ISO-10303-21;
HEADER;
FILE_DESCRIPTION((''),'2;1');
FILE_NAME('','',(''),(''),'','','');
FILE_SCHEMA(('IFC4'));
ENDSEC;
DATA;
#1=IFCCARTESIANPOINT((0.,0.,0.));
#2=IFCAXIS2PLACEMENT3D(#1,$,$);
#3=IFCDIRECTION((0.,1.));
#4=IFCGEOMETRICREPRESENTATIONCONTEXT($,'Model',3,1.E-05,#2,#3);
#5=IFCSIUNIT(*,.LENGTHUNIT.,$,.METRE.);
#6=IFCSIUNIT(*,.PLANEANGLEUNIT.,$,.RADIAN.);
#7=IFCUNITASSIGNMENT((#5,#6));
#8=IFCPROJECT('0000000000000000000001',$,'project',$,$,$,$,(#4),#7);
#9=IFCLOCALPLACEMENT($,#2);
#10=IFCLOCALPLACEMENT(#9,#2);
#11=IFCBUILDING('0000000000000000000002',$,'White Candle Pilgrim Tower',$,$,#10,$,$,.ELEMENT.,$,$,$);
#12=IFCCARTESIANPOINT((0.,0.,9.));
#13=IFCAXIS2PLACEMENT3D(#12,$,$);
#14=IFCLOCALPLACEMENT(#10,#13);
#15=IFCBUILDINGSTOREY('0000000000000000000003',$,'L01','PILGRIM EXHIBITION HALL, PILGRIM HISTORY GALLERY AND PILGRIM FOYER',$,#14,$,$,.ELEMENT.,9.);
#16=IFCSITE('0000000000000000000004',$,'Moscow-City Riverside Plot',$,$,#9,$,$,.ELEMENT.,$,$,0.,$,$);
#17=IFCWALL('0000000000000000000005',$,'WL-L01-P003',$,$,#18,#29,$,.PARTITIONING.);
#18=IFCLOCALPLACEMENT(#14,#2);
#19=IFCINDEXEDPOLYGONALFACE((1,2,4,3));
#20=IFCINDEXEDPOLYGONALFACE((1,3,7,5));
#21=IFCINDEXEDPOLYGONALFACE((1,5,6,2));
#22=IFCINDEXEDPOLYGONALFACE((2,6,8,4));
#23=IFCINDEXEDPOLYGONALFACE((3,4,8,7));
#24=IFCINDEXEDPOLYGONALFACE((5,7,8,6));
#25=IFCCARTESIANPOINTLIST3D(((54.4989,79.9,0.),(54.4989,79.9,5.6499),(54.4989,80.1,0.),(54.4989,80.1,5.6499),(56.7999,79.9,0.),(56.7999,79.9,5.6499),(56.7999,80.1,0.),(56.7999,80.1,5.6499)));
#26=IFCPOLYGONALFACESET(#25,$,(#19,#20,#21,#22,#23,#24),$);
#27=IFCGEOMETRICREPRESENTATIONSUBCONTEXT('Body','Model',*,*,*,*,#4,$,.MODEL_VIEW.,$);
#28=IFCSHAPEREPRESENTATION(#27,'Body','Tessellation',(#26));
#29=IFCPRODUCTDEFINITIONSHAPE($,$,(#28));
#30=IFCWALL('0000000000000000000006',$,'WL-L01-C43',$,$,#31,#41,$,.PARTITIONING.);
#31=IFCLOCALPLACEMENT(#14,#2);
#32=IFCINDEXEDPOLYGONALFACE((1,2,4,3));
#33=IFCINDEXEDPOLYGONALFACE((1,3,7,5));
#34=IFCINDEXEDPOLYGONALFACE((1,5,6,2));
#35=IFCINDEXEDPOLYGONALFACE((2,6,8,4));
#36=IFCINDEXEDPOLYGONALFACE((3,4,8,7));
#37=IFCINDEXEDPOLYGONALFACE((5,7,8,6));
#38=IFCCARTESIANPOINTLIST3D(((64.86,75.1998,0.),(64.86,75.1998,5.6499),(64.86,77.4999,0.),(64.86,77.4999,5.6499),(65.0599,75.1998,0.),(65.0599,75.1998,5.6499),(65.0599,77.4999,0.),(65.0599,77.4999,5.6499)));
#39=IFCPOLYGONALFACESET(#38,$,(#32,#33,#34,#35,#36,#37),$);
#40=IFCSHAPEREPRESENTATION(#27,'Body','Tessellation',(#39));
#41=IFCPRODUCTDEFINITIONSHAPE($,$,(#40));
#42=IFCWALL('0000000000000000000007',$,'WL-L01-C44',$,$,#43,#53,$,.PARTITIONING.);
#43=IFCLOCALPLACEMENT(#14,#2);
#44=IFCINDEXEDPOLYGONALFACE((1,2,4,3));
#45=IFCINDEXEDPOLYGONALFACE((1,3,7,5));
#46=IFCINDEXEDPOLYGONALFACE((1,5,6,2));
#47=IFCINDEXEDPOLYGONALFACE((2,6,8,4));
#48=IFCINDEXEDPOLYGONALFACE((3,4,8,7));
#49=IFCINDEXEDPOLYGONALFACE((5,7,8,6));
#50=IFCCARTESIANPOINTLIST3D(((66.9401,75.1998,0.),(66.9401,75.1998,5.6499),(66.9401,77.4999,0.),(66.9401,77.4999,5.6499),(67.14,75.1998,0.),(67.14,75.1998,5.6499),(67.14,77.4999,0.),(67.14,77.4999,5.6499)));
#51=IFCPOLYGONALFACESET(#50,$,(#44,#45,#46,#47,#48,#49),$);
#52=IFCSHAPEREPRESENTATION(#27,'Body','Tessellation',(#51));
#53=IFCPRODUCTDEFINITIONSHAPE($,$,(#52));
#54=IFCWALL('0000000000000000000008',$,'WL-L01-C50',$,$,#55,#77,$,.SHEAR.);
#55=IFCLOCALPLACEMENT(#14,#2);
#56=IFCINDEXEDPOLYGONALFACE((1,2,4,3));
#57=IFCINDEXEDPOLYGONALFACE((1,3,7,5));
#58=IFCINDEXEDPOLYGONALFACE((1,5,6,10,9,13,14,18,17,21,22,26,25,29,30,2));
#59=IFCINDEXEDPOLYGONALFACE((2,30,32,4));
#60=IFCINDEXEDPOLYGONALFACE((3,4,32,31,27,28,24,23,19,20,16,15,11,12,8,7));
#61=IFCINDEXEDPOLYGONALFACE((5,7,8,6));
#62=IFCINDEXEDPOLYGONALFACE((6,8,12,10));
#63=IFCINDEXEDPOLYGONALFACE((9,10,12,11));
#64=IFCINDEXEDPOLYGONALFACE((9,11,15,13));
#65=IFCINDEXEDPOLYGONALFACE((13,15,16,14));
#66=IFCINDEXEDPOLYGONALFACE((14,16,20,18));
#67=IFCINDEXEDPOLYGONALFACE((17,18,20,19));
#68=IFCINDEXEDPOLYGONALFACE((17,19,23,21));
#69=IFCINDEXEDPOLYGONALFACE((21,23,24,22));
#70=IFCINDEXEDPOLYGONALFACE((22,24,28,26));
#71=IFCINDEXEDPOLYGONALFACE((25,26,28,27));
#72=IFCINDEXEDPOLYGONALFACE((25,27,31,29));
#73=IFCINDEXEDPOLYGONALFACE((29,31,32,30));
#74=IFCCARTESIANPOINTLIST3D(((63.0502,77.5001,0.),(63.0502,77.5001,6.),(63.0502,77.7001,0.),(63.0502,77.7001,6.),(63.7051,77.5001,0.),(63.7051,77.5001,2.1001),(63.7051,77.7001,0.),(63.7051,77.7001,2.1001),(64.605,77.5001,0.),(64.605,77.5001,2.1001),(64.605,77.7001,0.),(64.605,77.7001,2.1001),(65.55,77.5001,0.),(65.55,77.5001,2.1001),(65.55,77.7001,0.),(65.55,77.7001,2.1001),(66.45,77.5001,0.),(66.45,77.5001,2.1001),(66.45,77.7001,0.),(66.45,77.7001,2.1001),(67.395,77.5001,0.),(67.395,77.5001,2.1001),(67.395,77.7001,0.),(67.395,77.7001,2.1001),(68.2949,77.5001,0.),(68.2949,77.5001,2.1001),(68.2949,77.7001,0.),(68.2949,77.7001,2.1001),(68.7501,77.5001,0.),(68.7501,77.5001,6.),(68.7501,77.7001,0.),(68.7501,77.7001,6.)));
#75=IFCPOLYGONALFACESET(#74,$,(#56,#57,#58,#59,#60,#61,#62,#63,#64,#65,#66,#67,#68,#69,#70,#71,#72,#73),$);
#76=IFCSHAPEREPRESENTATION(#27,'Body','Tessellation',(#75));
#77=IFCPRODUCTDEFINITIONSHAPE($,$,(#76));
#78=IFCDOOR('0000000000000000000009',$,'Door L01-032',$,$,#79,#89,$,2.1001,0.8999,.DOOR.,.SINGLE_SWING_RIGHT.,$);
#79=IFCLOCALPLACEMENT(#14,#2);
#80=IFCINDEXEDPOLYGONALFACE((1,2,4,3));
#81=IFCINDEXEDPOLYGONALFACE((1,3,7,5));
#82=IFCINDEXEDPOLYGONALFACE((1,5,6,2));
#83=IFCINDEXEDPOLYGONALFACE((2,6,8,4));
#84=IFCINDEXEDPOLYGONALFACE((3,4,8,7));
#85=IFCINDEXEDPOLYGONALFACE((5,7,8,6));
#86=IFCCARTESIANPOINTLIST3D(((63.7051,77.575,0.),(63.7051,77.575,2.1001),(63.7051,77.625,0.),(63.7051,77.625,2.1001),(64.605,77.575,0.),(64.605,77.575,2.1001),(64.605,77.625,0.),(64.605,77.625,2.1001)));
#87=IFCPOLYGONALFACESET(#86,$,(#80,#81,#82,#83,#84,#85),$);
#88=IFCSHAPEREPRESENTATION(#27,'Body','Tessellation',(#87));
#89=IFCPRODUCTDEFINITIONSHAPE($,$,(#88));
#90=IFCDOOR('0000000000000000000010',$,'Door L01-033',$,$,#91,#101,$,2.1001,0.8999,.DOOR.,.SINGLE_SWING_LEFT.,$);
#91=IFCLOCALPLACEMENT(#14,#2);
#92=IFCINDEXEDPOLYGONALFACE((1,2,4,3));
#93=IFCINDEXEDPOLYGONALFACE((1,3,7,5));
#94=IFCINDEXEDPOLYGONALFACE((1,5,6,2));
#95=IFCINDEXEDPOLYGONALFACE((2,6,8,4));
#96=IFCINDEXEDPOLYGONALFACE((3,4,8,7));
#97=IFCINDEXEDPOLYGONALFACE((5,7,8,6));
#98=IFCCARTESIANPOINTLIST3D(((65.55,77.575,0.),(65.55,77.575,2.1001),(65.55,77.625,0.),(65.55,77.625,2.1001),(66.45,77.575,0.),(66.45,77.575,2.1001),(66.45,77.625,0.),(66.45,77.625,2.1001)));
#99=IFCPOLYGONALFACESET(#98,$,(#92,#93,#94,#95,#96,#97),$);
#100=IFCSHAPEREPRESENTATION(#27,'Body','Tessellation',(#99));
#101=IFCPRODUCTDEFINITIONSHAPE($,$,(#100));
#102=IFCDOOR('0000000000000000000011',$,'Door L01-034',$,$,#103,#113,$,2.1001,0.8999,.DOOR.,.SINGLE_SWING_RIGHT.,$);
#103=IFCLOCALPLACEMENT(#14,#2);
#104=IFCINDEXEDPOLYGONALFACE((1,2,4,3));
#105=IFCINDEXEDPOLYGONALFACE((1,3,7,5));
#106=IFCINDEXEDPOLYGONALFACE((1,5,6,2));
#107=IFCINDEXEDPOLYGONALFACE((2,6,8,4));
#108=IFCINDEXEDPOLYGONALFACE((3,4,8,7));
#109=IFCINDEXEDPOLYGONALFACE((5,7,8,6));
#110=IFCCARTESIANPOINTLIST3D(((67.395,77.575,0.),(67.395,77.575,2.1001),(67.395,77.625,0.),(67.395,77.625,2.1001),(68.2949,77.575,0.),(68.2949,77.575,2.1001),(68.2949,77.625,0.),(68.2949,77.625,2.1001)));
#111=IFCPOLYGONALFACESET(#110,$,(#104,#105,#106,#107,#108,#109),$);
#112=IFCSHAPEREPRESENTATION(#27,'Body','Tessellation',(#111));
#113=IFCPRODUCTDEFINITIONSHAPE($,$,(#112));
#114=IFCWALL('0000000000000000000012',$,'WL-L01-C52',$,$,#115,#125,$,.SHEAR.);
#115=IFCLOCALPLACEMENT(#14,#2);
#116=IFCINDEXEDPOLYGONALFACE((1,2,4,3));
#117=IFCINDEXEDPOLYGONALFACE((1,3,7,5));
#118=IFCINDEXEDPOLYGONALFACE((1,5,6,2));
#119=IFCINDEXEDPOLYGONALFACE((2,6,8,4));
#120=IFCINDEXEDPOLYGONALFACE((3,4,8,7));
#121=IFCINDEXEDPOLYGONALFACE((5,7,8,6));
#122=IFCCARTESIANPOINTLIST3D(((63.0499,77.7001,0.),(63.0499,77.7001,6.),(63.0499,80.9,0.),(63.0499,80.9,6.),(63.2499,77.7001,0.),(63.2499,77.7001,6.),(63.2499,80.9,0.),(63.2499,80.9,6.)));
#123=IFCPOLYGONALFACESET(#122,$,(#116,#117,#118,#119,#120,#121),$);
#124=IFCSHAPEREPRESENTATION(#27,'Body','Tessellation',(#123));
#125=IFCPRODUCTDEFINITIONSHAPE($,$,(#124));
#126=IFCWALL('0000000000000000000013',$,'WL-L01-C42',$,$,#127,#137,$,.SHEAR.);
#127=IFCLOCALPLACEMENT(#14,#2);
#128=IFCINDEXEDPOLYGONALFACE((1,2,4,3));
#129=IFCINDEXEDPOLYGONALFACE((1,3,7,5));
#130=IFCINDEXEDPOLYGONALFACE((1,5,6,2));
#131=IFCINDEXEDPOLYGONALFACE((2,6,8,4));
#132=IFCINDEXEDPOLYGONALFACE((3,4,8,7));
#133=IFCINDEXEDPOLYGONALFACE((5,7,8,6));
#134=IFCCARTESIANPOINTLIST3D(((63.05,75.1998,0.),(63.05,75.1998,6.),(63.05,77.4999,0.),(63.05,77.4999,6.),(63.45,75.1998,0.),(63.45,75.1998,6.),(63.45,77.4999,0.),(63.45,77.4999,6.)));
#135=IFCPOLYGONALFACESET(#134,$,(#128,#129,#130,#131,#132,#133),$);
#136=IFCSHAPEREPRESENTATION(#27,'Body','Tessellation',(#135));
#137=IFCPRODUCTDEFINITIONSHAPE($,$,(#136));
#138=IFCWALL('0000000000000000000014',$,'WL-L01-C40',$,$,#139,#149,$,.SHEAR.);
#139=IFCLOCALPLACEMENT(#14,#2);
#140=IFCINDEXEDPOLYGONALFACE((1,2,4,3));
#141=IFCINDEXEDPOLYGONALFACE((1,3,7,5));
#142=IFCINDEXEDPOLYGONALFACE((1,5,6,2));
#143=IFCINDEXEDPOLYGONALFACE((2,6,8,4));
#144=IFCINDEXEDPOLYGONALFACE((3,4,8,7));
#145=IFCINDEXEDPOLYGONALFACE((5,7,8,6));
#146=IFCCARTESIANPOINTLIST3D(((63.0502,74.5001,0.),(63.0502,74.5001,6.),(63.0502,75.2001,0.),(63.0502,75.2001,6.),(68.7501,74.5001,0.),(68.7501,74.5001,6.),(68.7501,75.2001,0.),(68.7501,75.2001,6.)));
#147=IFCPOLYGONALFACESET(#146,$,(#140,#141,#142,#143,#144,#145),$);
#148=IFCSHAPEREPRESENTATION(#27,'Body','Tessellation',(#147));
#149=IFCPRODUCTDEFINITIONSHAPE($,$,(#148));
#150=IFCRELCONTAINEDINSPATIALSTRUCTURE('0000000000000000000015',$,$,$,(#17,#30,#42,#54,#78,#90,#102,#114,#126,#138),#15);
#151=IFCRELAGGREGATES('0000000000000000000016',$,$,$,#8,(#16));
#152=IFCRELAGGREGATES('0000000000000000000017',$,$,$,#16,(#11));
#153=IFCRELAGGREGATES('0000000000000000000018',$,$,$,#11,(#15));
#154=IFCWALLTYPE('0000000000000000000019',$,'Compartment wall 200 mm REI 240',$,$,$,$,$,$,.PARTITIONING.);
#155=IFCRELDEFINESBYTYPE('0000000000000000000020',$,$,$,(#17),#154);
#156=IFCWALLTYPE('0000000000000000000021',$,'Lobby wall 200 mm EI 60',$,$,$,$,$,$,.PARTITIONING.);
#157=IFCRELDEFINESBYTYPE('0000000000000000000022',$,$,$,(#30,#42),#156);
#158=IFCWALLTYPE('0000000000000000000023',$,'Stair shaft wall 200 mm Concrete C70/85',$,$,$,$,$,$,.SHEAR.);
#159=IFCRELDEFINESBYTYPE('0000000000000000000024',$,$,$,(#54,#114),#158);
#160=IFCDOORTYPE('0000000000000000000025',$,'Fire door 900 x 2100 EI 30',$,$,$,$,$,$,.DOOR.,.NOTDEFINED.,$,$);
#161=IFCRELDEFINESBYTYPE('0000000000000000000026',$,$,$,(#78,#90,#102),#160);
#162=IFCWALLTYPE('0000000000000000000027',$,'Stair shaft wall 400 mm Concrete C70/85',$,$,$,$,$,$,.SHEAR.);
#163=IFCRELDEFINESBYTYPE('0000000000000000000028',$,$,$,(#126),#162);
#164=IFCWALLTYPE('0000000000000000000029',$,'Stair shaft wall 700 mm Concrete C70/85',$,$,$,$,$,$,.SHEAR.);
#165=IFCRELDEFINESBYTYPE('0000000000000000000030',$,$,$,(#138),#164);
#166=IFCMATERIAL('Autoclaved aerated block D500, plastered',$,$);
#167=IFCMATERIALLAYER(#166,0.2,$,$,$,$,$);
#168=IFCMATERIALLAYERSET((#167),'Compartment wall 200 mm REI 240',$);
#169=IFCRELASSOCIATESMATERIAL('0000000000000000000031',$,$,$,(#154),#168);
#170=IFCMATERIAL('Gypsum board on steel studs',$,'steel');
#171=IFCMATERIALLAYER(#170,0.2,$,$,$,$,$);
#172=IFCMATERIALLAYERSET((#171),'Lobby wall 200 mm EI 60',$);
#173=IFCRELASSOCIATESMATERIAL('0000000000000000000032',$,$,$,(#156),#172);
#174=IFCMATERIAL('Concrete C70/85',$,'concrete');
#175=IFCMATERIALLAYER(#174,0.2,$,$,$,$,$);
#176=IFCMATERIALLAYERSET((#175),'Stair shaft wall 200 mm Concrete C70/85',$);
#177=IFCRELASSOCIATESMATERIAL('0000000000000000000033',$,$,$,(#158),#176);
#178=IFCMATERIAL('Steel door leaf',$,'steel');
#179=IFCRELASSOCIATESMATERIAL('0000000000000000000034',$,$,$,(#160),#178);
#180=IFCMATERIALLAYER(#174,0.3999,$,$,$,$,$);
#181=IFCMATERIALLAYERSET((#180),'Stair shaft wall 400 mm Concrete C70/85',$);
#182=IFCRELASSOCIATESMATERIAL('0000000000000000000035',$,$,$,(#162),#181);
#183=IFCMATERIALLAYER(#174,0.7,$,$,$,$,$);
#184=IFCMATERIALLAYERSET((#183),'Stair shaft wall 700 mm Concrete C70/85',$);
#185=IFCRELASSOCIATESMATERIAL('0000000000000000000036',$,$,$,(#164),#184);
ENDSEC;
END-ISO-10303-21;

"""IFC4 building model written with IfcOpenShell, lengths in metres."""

from ifc_helpers import new_model, si_unit, direction, frame, frame_2d, origin, place, context, subcontext, project, spatial, rectangle, extrude, material, layer, layer_set, type_object, element, fill, save


model = new_model("IFC4")

# Units and contexts
model_context = context("Model", 3, precision=1e-05, world=origin(), true_north=direction((0.0, 1.0)))
body_context = subcontext(model_context, "Body", "Model", "MODEL_VIEW")
ifc_project = project(units=[si_unit("LENGTHUNIT", "METRE"), si_unit("PLANEANGLEUNIT", "RADIAN")], contexts=[model_context])

# Site, building, storey
site_placement = place(None, origin())
site = spatial("IfcSite", under=ifc_project, at=site_placement, Name="Moscow-City Riverside Plot", CompositionType="ELEMENT", RefElevation=0.0)
building_placement = place(site_placement, origin())
building = spatial("IfcBuilding", under=site, at=building_placement, Name="White Candle Pilgrim Tower", CompositionType="ELEMENT")
storey_placement = place(building_placement, frame((0.0, 0.0, 9.0)))
storey = spatial("IfcBuildingStorey", under=building, at=storey_placement, Name="L01", Description="PILGRIM EXHIBITION HALL, PILGRIM HISTORY GALLERY AND PILGRIM FOYER", CompositionType="ELEMENT", Elevation=9.0)

# Walls
ifc_material_1 = material(Name="Autoclaved aerated block D500, plastered")
ifc_layer_1 = layer(ifc_material_1, 0.2)
ifc_layer_set_1 = layer_set([ifc_layer_1], Name="Compartment wall 200 mm REI 240")
wall_type_1 = type_object("IfcWallType", Name="Compartment wall 200 mm REI 240", PredefinedType="PARTITIONING", material=ifc_layer_set_1)
wall_1_placement = place(storey_placement, frame((54.499, 80.0, 0.0), z_axis=(0.0, 0.0, 1.0), x_axis=(1.0, 0.0, 0.0)))
element("IfcWall", 1, at=wall_1_placement, inside=storey, type_object=wall_type_1, Name="WL-L01-P003", PredefinedType="PARTITIONING", context=body_context, shape_type="SweptSolid", body=[
    extrude(rectangle(XDim=2.301, YDim=0.2, at=frame_2d((1.1504, 0.0))), origin(), (0.0, 0.0, 1.0), 5.6499),
])
ifc_material_2 = material(Name="Gypsum board on steel studs", Category="steel")
ifc_layer_2 = layer(ifc_material_2, 0.2)
ifc_layer_set_2 = layer_set([ifc_layer_2], Name="Lobby wall 200 mm EI 60")
wall_type_2 = type_object("IfcWallType", Name="Lobby wall 200 mm EI 60", PredefinedType="PARTITIONING", material=ifc_layer_set_2)
for number, where, z_axis, x_axis, name in (
    (2, (64.96, 75.2, 0.0), (0.0, 0.0, 1.0), (0.0, 1.0, 0.0), "WL-L01-C43"),
    (3, (67.04, 75.2, 0.0), (0.0, 0.0, 1.0), (0.0, 1.0, 0.0), "WL-L01-C44"),
):
    element("IfcWall", number, at=place(storey_placement, frame(where, z_axis=z_axis, x_axis=x_axis)), inside=storey, type_object=wall_type_2, Name=name, PredefinedType="PARTITIONING", context=body_context, shape_type="SweptSolid", body=[
        extrude(rectangle(XDim=2.3, YDim=0.2, at=frame_2d((1.1499, 0.0))), origin(), (0.0, 0.0, 1.0), 5.6499),
    ])

# Wall, openings, doors
ifc_material_3 = material(Name="Concrete C70/85", Category="concrete")
ifc_layer_3 = layer(ifc_material_3, 0.2)
ifc_layer_set_3 = layer_set([ifc_layer_3], Name="Stair shaft wall 200 mm Concrete C70/85")
wall_type_3 = type_object("IfcWallType", Name="Stair shaft wall 200 mm Concrete C70/85", PredefinedType="SHEAR", material=ifc_layer_set_3)
wall_2_placement = place(storey_placement, frame((63.05, 77.6001, 0.0), z_axis=(0.0, 0.0, 1.0), x_axis=(1.0, 0.0, 0.0)))
wall_2 = element("IfcWall", 4, at=wall_2_placement, inside=storey, type_object=wall_type_3, Name="WL-L01-C50", PredefinedType="SHEAR", context=body_context, shape_type="SweptSolid", body=[
    extrude(rectangle(XDim=5.7, YDim=0.2, at=frame_2d((2.8501, 0.0))), origin(), (0.0, 0.0, 1.0), 6.0),
])
opening_1_placement = place(wall_2_placement, frame((0.655, 0.0, 0.0)))
opening_1 = element("IfcOpeningElement", 5, at=opening_1_placement, cuts=wall_2, PredefinedType="OPENING", context=body_context, shape_type="SweptSolid", body=[
    extrude(rectangle(XDim=0.8999, YDim=2.1001, at=frame_2d((0.45, 1.05))), frame((0.0, 0.1099, 0.0), z_axis=(0.0, -1.0, 0.0), x_axis=(1.0, 0.0, 0.0)), (0.0, 0.0, 1.0), 0.22),
])
opening_2_placement = place(wall_2_placement, frame((2.5, 0.0, 0.0)))
opening_2 = element("IfcOpeningElement", 6, at=opening_2_placement, cuts=wall_2, PredefinedType="OPENING", context=body_context, shape_type="SweptSolid", body=[
    extrude(rectangle(XDim=0.8999, YDim=2.1001, at=frame_2d((0.45, 1.05))), frame((0.0, 0.1099, 0.0), z_axis=(0.0, -1.0, 0.0), x_axis=(1.0, 0.0, 0.0)), (0.0, 0.0, 1.0), 0.22),
])
opening_3_placement = place(wall_2_placement, frame((4.345, 0.0, 0.0)))
opening_3 = element("IfcOpeningElement", 7, at=opening_3_placement, cuts=wall_2, PredefinedType="OPENING", context=body_context, shape_type="SweptSolid", body=[
    extrude(rectangle(XDim=0.8999, YDim=2.1001, at=frame_2d((0.45, 1.05))), frame((0.0, 0.1099, 0.0), z_axis=(0.0, -1.0, 0.0), x_axis=(1.0, 0.0, 0.0)), (0.0, 0.0, 1.0), 0.22),
])
ifc_material_4 = material(Name="Steel door leaf", Category="steel")
door_type = type_object("IfcDoorType", Name="Fire door 900 x 2100 EI 30", OperationType="NOTDEFINED", PredefinedType="DOOR", material=ifc_material_4)
door_1_placement = place(opening_1_placement, origin())
door_1 = element("IfcDoor", 8, at=door_1_placement, inside=storey, type_object=door_type, Name="Door L01-032", OperationType="SINGLE_SWING_RIGHT", OverallHeight=2.1001, OverallWidth=0.8999, PredefinedType="DOOR", context=body_context, shape_type="SweptSolid", body=[
    extrude(rectangle(XDim=0.8999, YDim=2.1001, at=frame_2d((0.45, 1.05))), frame((0.0, 0.0249, 0.0), z_axis=(0.0, -1.0, 0.0), x_axis=(1.0, 0.0, 0.0)), (0.0, 0.0, 1.0), 0.05),
])
fill(opening_1, door_1)
door_2_placement = place(opening_2_placement, origin())
door_2 = element("IfcDoor", 9, at=door_2_placement, inside=storey, type_object=door_type, Name="Door L01-033", OperationType="SINGLE_SWING_LEFT", OverallHeight=2.1001, OverallWidth=0.8999, PredefinedType="DOOR", context=body_context, shape_type="SweptSolid", body=[
    extrude(rectangle(XDim=0.8999, YDim=2.1001, at=frame_2d((0.45, 1.05))), frame((0.0, 0.0249, 0.0), z_axis=(0.0, -1.0, 0.0), x_axis=(1.0, 0.0, 0.0)), (0.0, 0.0, 1.0), 0.05),
])
fill(opening_2, door_2)
door_3_placement = place(opening_3_placement, origin())
door_3 = element("IfcDoor", 10, at=door_3_placement, inside=storey, type_object=door_type, Name="Door L01-034", OperationType="SINGLE_SWING_RIGHT", OverallHeight=2.1001, OverallWidth=0.8999, PredefinedType="DOOR", context=body_context, shape_type="SweptSolid", body=[
    extrude(rectangle(XDim=0.8999, YDim=2.1001, at=frame_2d((0.45, 1.05))), frame((0.0, 0.0249, 0.0), z_axis=(0.0, -1.0, 0.0), x_axis=(1.0, 0.0, 0.0)), (0.0, 0.0, 1.0), 0.05),
])
fill(opening_3, door_3)

# Walls
wall_3_placement = place(storey_placement, frame((63.1499, 77.7, 0.0), z_axis=(0.0, 0.0, 1.0), x_axis=(0.0, 1.0, 0.0)))
element("IfcWall", 11, at=wall_3_placement, inside=storey, type_object=wall_type_3, Name="WL-L01-C52", PredefinedType="SHEAR", context=body_context, shape_type="SweptSolid", body=[
    extrude(rectangle(XDim=3.2, YDim=0.2, at=frame_2d((1.6001, 0.0))), origin(), (0.0, 0.0, 1.0), 6.0),
])
ifc_layer_4 = layer(ifc_material_3, 0.3999)
ifc_layer_set_4 = layer_set([ifc_layer_4], Name="Stair shaft wall 400 mm Concrete C70/85")
wall_type_4 = type_object("IfcWallType", Name="Stair shaft wall 400 mm Concrete C70/85", PredefinedType="SHEAR", material=ifc_layer_set_4)
wall_4_placement = place(storey_placement, frame((63.25, 75.2, 0.0), z_axis=(0.0, 0.0, 1.0), x_axis=(0.0, 1.0, 0.0)))
element("IfcWall", 12, at=wall_4_placement, inside=storey, type_object=wall_type_4, Name="WL-L01-C42", PredefinedType="SHEAR", context=body_context, shape_type="SweptSolid", body=[
    extrude(rectangle(XDim=2.3, YDim=0.3999, at=frame_2d((1.1499, 0.0))), origin(), (0.0, 0.0, 1.0), 6.0),
])
ifc_layer_5 = layer(ifc_material_3, 0.7)
ifc_layer_set_5 = layer_set([ifc_layer_5], Name="Stair shaft wall 700 mm Concrete C70/85")
wall_type_5 = type_object("IfcWallType", Name="Stair shaft wall 700 mm Concrete C70/85", PredefinedType="SHEAR", material=ifc_layer_set_5)
wall_5_placement = place(storey_placement, frame((63.05, 74.8501, 0.0), z_axis=(0.0, 0.0, 1.0), x_axis=(1.0, 0.0, 0.0)))
element("IfcWall", 13, at=wall_5_placement, inside=storey, type_object=wall_type_5, Name="WL-L01-C40", PredefinedType="SHEAR", context=body_context, shape_type="SweptSolid", body=[
    extrude(rectangle(XDim=5.7, YDim=0.7, at=frame_2d((2.8501, 0.0))), origin(), (0.0, 0.0, 1.0), 6.0),
])

save(model, "model.ifc")
